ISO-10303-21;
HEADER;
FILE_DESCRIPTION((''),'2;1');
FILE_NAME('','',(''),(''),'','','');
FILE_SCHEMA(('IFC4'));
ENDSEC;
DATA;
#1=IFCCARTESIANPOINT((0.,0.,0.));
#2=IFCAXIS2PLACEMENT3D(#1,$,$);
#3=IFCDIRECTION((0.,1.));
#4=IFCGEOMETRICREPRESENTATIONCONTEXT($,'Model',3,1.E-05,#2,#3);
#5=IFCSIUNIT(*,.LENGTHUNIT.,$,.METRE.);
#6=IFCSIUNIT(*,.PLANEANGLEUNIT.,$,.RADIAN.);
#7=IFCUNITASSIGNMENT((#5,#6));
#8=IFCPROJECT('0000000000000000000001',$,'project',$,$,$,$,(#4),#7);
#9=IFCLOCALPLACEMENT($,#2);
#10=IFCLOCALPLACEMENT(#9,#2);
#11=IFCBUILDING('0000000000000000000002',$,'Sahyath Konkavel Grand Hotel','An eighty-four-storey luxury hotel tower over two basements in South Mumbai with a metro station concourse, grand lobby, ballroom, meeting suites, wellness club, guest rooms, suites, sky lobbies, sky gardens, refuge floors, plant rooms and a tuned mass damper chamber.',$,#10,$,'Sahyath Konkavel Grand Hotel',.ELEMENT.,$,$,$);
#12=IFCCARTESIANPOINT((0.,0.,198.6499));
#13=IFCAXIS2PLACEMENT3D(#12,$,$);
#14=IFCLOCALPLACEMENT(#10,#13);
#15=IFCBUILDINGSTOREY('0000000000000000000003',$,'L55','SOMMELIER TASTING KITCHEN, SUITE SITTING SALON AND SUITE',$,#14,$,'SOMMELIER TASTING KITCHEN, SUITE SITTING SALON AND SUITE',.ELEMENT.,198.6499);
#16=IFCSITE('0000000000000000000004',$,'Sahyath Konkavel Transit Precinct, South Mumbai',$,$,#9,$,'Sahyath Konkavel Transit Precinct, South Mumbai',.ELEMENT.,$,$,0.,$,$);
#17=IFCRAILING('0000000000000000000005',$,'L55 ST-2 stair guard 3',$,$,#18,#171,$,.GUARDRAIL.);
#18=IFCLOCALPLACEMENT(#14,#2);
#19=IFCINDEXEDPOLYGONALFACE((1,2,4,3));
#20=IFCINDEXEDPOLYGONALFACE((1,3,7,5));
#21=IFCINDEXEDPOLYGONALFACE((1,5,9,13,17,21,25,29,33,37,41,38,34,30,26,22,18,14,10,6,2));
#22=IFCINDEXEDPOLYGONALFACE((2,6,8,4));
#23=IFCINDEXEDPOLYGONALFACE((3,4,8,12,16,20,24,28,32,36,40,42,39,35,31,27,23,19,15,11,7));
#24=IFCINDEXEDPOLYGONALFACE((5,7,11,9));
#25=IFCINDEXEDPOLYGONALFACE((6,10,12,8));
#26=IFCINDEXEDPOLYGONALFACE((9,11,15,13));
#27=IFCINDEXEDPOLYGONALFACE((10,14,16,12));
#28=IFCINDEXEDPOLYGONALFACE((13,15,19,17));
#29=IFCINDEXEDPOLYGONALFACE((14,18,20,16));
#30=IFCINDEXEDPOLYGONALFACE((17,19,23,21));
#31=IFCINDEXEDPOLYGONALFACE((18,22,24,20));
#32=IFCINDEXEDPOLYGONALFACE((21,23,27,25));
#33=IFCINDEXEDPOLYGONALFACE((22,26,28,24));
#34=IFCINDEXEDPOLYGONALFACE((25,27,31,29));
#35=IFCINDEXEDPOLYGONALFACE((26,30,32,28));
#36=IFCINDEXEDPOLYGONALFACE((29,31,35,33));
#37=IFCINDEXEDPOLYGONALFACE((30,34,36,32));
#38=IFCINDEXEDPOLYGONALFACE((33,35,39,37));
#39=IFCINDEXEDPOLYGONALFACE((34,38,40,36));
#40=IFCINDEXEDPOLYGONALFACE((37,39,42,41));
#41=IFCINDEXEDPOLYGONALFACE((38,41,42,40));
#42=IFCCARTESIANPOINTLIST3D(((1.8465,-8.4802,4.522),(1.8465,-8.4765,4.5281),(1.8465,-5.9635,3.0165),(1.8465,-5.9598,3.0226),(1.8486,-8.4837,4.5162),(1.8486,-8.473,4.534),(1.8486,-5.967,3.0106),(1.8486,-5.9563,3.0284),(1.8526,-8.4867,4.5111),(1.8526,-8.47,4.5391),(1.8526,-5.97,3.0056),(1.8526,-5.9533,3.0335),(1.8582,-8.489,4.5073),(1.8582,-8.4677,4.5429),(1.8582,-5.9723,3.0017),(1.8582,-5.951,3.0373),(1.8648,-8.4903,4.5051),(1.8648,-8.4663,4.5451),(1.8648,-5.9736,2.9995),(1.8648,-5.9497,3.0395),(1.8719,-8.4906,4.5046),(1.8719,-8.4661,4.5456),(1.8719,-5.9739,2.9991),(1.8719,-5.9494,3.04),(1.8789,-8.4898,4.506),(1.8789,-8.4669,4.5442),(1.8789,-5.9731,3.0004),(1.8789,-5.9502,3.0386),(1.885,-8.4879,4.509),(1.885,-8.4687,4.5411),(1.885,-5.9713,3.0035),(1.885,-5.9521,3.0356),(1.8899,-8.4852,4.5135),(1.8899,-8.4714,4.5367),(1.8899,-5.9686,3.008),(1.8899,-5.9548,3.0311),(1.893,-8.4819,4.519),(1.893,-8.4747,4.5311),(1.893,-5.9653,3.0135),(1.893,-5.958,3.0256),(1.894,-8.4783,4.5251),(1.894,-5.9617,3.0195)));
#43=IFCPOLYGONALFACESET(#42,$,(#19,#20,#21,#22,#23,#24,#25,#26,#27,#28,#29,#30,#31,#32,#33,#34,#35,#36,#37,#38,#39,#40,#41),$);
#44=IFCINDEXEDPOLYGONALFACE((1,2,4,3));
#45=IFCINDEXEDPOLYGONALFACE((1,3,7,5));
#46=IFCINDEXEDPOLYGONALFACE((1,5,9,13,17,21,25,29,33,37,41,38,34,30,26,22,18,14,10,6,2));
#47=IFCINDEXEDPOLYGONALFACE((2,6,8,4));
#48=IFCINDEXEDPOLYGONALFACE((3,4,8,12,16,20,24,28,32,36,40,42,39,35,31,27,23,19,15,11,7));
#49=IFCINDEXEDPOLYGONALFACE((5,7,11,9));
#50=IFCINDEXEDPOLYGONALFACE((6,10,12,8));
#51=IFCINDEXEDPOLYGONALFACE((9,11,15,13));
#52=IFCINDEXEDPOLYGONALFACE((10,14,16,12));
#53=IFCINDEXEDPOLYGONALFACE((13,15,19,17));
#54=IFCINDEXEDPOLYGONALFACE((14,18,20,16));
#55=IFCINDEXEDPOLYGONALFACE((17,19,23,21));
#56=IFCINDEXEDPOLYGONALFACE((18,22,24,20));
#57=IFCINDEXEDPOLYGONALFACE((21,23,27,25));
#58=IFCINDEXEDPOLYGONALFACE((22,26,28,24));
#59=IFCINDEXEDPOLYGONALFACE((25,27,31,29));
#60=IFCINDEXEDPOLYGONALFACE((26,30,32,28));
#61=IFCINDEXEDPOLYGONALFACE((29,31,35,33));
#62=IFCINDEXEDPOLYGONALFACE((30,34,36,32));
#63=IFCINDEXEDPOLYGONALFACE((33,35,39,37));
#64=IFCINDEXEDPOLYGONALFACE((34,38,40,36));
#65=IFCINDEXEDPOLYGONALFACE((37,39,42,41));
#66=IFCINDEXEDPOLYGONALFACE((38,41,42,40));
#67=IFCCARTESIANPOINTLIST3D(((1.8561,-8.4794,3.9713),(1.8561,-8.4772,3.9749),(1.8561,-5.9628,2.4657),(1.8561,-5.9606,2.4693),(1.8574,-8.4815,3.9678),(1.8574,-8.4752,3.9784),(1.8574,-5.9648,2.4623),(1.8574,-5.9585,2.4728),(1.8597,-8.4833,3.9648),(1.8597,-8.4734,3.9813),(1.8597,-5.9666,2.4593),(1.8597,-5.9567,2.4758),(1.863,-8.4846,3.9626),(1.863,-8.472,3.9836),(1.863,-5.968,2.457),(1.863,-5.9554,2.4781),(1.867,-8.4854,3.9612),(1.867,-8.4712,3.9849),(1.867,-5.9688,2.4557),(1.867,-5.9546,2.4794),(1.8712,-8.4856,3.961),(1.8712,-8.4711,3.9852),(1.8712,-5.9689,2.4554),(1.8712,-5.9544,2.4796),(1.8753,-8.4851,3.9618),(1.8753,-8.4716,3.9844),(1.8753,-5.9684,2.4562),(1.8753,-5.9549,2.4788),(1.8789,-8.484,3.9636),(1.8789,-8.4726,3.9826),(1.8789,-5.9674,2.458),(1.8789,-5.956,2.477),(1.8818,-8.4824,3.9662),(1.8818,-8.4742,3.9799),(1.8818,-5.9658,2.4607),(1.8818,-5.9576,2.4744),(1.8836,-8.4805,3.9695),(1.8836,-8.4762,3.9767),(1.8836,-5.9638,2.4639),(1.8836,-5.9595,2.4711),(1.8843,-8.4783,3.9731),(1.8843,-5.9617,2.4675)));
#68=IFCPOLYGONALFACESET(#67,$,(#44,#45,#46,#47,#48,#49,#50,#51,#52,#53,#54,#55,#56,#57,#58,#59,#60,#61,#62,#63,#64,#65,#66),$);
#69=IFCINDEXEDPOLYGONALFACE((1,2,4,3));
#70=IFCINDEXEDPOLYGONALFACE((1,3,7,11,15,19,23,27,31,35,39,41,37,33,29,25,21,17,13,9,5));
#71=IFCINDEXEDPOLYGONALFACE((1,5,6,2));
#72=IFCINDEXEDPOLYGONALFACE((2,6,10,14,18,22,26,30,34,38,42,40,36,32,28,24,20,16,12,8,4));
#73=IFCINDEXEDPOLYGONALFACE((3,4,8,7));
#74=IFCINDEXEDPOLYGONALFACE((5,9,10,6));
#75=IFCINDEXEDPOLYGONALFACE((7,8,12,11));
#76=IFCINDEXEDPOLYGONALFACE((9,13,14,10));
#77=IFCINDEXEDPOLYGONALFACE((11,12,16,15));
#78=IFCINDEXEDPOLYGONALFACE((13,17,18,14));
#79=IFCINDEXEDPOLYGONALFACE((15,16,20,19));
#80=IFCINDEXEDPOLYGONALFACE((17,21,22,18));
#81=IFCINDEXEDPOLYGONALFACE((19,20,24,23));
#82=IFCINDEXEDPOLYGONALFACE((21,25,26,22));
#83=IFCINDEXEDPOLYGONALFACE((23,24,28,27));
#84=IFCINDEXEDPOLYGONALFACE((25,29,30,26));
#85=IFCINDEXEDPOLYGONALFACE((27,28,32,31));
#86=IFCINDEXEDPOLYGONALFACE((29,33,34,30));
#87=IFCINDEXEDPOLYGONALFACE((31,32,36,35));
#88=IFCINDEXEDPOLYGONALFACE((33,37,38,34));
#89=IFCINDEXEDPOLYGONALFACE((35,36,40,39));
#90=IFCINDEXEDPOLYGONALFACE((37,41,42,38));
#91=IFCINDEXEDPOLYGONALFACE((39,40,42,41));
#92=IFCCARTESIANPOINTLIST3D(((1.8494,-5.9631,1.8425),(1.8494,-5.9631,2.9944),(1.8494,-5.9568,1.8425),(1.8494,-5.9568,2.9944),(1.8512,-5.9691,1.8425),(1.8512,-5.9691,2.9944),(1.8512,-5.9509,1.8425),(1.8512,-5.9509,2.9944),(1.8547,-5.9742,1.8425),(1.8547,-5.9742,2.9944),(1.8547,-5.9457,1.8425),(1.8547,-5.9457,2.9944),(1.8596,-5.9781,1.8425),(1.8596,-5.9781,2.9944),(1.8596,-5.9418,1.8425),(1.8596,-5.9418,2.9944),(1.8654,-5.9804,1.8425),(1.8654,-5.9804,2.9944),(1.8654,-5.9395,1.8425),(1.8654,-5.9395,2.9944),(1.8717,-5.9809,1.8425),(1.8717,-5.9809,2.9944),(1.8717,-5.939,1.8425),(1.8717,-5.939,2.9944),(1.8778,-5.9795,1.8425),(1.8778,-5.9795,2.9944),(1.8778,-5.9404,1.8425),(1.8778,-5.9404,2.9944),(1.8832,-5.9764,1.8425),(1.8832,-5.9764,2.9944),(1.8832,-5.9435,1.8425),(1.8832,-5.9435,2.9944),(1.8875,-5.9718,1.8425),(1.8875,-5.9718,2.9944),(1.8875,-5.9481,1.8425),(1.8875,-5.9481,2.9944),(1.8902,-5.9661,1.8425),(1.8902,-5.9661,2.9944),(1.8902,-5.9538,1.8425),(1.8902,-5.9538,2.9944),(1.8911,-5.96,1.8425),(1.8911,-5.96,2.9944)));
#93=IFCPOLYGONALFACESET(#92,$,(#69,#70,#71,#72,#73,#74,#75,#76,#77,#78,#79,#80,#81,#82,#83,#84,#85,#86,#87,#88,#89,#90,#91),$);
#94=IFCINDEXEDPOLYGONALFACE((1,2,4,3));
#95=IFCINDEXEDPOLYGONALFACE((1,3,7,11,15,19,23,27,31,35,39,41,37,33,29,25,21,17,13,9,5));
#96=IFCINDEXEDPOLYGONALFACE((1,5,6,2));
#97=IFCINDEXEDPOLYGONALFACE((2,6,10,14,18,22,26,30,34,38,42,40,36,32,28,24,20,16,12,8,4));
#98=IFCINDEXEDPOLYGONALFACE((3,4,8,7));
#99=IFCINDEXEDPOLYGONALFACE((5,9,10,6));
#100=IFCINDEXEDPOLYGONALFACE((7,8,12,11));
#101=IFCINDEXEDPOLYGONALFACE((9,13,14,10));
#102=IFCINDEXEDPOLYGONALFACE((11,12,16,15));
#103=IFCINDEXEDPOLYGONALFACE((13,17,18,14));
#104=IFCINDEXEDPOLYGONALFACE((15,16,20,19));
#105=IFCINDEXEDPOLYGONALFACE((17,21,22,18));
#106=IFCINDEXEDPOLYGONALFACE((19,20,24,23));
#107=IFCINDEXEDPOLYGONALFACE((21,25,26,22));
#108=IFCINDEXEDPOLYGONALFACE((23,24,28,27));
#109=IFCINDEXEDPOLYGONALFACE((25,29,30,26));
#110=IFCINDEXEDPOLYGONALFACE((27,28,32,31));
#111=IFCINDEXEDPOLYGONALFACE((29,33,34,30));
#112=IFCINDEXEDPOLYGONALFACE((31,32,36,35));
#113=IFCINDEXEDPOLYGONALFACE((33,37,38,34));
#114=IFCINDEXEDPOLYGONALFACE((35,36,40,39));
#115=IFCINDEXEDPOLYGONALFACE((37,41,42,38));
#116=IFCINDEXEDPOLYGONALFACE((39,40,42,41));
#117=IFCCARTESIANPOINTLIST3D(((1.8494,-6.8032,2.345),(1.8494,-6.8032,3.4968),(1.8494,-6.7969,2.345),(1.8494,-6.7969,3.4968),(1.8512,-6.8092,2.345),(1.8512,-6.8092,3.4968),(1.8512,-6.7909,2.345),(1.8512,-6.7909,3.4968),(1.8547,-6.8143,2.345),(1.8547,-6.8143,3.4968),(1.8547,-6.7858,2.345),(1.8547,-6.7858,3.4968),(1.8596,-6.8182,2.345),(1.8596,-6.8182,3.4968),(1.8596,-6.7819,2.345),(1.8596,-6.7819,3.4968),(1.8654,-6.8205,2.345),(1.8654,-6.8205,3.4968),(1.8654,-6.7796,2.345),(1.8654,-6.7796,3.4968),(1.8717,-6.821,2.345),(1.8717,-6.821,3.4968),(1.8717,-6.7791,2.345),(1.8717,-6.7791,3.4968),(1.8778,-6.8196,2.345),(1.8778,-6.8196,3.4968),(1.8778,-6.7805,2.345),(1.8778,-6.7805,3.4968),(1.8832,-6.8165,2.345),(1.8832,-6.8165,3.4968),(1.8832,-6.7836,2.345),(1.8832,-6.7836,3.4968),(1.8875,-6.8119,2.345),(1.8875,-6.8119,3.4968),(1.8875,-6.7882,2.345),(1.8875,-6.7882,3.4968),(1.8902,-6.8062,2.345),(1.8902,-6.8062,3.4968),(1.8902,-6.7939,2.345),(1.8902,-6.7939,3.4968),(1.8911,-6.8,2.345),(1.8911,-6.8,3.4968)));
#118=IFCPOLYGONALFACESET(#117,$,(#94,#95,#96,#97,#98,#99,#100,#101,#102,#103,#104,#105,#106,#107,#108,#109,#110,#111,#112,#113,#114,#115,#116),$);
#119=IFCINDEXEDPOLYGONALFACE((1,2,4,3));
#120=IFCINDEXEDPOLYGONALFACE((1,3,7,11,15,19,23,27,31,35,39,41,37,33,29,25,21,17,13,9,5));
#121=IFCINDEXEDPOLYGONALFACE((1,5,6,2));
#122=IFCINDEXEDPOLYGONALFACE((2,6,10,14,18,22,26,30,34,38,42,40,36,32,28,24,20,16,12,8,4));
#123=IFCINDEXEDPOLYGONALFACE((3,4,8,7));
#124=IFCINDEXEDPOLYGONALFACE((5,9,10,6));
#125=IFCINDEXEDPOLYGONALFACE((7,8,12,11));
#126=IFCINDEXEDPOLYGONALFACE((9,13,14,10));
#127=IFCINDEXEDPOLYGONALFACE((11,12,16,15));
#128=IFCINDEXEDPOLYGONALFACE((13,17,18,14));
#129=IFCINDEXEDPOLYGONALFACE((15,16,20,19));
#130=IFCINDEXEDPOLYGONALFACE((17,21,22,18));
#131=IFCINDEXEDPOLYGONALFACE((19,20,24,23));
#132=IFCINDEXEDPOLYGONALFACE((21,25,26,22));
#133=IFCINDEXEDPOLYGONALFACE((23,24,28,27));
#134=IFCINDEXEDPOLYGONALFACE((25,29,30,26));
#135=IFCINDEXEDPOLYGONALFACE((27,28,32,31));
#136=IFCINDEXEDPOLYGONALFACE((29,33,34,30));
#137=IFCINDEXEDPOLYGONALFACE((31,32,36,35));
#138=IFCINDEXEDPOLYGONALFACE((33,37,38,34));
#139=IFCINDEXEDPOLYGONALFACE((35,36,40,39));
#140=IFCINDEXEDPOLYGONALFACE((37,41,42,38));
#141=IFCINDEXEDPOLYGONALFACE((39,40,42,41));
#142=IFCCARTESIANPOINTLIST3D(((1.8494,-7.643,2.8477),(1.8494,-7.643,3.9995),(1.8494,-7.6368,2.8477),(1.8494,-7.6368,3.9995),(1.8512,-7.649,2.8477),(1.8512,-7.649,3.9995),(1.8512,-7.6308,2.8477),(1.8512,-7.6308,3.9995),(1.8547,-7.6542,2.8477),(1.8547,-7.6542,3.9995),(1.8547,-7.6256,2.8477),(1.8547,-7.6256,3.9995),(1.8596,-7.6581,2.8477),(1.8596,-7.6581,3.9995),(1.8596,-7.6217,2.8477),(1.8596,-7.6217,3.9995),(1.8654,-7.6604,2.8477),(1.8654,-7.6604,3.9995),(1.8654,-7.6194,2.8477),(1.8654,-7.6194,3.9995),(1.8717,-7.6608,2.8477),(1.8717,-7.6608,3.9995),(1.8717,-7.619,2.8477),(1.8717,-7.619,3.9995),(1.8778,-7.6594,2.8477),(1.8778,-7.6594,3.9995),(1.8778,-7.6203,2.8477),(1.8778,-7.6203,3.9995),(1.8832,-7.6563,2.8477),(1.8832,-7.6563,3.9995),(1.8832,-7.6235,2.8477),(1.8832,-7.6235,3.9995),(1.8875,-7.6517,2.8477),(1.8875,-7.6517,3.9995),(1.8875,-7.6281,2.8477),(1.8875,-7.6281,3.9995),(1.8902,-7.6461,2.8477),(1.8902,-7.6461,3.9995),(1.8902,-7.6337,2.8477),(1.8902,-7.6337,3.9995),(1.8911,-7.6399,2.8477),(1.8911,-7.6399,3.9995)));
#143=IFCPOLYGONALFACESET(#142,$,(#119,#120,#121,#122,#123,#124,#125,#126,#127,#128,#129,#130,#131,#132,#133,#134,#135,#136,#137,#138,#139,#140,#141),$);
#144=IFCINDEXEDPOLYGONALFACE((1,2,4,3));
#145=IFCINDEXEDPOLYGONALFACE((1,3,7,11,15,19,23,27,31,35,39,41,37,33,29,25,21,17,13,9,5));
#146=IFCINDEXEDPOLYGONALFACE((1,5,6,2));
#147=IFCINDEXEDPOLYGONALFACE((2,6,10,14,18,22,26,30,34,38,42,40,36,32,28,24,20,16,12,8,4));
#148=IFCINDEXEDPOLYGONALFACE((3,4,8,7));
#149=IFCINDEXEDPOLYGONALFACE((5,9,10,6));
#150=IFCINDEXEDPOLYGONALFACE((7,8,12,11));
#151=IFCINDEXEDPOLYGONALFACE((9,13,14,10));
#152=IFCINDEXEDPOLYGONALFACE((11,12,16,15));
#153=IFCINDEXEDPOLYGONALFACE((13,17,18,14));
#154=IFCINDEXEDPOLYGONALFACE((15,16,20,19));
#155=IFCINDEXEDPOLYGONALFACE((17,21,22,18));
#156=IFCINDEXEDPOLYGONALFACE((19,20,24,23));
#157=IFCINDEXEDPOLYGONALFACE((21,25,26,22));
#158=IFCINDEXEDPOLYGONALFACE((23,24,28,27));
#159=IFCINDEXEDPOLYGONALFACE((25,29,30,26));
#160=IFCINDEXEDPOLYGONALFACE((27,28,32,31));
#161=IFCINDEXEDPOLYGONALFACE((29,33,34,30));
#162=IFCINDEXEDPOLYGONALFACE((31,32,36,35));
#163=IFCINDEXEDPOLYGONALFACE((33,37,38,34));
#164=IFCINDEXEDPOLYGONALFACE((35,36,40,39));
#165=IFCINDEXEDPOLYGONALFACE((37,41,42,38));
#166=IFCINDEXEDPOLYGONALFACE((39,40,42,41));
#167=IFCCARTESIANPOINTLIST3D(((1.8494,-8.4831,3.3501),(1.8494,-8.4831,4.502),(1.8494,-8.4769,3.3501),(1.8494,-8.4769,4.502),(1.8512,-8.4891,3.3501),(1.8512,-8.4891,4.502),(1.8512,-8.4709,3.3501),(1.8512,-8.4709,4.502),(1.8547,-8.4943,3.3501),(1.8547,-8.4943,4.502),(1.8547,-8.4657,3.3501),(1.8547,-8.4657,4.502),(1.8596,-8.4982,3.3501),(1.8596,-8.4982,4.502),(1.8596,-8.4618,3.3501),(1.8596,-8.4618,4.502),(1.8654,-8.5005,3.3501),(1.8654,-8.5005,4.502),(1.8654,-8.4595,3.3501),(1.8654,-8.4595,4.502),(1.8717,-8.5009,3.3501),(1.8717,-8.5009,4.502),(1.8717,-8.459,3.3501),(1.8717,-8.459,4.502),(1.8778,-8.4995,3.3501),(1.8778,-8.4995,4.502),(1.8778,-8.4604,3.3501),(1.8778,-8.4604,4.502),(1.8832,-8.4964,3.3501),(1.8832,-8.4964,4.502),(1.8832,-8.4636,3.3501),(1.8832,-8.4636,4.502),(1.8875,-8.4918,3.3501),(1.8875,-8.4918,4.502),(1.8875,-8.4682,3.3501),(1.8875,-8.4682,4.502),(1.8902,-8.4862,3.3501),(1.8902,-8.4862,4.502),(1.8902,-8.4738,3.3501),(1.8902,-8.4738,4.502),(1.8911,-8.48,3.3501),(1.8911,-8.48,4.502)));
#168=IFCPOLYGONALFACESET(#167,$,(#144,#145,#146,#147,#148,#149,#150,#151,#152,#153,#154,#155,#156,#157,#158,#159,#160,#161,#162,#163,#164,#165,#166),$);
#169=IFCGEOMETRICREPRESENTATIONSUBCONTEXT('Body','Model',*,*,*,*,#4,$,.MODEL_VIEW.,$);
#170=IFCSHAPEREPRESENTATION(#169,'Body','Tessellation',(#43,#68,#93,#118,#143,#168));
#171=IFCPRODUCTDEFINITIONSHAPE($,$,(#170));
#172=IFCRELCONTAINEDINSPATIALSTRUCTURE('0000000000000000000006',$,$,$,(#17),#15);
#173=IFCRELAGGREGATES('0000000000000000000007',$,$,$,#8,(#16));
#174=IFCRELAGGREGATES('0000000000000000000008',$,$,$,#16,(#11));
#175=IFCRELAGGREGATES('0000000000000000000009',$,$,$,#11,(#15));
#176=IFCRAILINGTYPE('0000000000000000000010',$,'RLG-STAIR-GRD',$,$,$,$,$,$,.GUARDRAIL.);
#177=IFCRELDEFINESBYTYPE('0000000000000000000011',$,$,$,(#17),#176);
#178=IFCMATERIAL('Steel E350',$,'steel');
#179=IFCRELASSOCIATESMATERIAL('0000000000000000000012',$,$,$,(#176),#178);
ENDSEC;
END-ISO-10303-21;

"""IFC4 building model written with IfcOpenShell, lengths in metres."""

from ifc_helpers import new_model, si_unit, direction, frame, origin, origin_2d, place, context, subcontext, project, spatial, circle, extrude, material, type_object, element, save


model = new_model("IFC4")

# Units and contexts
model_context = context("Model", 3, precision=1e-05, world=origin(), true_north=direction((0.0, 1.0)))
body_context = subcontext(model_context, "Body", "Model", "MODEL_VIEW")
ifc_project = project(units=[si_unit("LENGTHUNIT", "METRE"), si_unit("PLANEANGLEUNIT", "RADIAN")], contexts=[model_context])

# Site, building, storey
site_placement = place(None, origin())
site = spatial("IfcSite", under=ifc_project, at=site_placement, Name="Sahyath Konkavel Transit Precinct, South Mumbai", LongName="Sahyath Konkavel Transit Precinct, South Mumbai", CompositionType="ELEMENT", RefElevation=0.0)
building_placement = place(site_placement, origin())
building = spatial("IfcBuilding", under=site, at=building_placement, Name="Sahyath Konkavel Grand Hotel", Description="An eighty-four-storey luxury hotel tower over two basements in South Mumbai with a metro station concourse, grand lobby, ballroom, meeting suites, wellness club, guest rooms, suites, sky lobbies, sky gardens, refuge floors, plant rooms and a tuned mass damper chamber.", LongName="Sahyath Konkavel Grand Hotel", CompositionType="ELEMENT")
storey_placement = place(building_placement, frame((0.0, 0.0, 198.6499)))
storey = spatial("IfcBuildingStorey", under=building, at=storey_placement, Name="L55", Description="SOMMELIER TASTING KITCHEN, SUITE SITTING SALON AND SUITE", LongName="SOMMELIER TASTING KITCHEN, SUITE SITTING SALON AND SUITE", CompositionType="ELEMENT", Elevation=198.6499)

# Shared definitions
ifc_material_1 = material(Name="Steel E350", Category="steel")

# Railing
railing_type_1 = type_object("IfcRailingType", Name="RLG-STAIR-GRD", PredefinedType="GUARDRAIL", material=ifc_material_1)
railing_1_placement = place(storey_placement, frame((1.8701, -5.96, 1.8425)))
element("IfcRailing", 1, at=railing_1_placement, inside=storey, type_object=railing_type_1, Name="L55 ST-2 stair guard 3", PredefinedType="GUARDRAIL", context=body_context, shape_type="SweptSolid", body=[
    extrude(circle(Radius=0.0239, at=origin_2d()), frame((0.0, -0.0017, 1.177), z_axis=(0.0, -0.85816, 0.513383), x_axis=(1.0, 0.0, 0.0)), (0.0, 0.0, 1.0), 2.9326),
    extrude(circle(Radius=0.0142, at=origin_2d()), frame((0.0, -0.0017, 0.625), z_axis=(0.0, -0.85816, 0.513383), x_axis=(1.0, 0.0, 0.0)), (0.0, 0.0, 1.0), 2.9326),
    extrude(circle(Radius=0.021, at=origin_2d()), origin(), (0.0, 0.0, 1.0), 1.1519),
    extrude(circle(Radius=0.021, at=origin_2d()), frame((0.0, -0.8401, 0.5024)), (0.0, 0.0, 1.0), 1.1519),
    extrude(circle(Radius=0.021, at=origin_2d()), frame((0.0, -1.6799, 1.0051)), (0.0, 0.0, 1.0), 1.1519),
    extrude(circle(Radius=0.021, at=origin_2d()), frame((0.0, -2.52, 1.5076)), (0.0, 0.0, 1.0), 1.1519),
])

save(model, "model.ifc")
